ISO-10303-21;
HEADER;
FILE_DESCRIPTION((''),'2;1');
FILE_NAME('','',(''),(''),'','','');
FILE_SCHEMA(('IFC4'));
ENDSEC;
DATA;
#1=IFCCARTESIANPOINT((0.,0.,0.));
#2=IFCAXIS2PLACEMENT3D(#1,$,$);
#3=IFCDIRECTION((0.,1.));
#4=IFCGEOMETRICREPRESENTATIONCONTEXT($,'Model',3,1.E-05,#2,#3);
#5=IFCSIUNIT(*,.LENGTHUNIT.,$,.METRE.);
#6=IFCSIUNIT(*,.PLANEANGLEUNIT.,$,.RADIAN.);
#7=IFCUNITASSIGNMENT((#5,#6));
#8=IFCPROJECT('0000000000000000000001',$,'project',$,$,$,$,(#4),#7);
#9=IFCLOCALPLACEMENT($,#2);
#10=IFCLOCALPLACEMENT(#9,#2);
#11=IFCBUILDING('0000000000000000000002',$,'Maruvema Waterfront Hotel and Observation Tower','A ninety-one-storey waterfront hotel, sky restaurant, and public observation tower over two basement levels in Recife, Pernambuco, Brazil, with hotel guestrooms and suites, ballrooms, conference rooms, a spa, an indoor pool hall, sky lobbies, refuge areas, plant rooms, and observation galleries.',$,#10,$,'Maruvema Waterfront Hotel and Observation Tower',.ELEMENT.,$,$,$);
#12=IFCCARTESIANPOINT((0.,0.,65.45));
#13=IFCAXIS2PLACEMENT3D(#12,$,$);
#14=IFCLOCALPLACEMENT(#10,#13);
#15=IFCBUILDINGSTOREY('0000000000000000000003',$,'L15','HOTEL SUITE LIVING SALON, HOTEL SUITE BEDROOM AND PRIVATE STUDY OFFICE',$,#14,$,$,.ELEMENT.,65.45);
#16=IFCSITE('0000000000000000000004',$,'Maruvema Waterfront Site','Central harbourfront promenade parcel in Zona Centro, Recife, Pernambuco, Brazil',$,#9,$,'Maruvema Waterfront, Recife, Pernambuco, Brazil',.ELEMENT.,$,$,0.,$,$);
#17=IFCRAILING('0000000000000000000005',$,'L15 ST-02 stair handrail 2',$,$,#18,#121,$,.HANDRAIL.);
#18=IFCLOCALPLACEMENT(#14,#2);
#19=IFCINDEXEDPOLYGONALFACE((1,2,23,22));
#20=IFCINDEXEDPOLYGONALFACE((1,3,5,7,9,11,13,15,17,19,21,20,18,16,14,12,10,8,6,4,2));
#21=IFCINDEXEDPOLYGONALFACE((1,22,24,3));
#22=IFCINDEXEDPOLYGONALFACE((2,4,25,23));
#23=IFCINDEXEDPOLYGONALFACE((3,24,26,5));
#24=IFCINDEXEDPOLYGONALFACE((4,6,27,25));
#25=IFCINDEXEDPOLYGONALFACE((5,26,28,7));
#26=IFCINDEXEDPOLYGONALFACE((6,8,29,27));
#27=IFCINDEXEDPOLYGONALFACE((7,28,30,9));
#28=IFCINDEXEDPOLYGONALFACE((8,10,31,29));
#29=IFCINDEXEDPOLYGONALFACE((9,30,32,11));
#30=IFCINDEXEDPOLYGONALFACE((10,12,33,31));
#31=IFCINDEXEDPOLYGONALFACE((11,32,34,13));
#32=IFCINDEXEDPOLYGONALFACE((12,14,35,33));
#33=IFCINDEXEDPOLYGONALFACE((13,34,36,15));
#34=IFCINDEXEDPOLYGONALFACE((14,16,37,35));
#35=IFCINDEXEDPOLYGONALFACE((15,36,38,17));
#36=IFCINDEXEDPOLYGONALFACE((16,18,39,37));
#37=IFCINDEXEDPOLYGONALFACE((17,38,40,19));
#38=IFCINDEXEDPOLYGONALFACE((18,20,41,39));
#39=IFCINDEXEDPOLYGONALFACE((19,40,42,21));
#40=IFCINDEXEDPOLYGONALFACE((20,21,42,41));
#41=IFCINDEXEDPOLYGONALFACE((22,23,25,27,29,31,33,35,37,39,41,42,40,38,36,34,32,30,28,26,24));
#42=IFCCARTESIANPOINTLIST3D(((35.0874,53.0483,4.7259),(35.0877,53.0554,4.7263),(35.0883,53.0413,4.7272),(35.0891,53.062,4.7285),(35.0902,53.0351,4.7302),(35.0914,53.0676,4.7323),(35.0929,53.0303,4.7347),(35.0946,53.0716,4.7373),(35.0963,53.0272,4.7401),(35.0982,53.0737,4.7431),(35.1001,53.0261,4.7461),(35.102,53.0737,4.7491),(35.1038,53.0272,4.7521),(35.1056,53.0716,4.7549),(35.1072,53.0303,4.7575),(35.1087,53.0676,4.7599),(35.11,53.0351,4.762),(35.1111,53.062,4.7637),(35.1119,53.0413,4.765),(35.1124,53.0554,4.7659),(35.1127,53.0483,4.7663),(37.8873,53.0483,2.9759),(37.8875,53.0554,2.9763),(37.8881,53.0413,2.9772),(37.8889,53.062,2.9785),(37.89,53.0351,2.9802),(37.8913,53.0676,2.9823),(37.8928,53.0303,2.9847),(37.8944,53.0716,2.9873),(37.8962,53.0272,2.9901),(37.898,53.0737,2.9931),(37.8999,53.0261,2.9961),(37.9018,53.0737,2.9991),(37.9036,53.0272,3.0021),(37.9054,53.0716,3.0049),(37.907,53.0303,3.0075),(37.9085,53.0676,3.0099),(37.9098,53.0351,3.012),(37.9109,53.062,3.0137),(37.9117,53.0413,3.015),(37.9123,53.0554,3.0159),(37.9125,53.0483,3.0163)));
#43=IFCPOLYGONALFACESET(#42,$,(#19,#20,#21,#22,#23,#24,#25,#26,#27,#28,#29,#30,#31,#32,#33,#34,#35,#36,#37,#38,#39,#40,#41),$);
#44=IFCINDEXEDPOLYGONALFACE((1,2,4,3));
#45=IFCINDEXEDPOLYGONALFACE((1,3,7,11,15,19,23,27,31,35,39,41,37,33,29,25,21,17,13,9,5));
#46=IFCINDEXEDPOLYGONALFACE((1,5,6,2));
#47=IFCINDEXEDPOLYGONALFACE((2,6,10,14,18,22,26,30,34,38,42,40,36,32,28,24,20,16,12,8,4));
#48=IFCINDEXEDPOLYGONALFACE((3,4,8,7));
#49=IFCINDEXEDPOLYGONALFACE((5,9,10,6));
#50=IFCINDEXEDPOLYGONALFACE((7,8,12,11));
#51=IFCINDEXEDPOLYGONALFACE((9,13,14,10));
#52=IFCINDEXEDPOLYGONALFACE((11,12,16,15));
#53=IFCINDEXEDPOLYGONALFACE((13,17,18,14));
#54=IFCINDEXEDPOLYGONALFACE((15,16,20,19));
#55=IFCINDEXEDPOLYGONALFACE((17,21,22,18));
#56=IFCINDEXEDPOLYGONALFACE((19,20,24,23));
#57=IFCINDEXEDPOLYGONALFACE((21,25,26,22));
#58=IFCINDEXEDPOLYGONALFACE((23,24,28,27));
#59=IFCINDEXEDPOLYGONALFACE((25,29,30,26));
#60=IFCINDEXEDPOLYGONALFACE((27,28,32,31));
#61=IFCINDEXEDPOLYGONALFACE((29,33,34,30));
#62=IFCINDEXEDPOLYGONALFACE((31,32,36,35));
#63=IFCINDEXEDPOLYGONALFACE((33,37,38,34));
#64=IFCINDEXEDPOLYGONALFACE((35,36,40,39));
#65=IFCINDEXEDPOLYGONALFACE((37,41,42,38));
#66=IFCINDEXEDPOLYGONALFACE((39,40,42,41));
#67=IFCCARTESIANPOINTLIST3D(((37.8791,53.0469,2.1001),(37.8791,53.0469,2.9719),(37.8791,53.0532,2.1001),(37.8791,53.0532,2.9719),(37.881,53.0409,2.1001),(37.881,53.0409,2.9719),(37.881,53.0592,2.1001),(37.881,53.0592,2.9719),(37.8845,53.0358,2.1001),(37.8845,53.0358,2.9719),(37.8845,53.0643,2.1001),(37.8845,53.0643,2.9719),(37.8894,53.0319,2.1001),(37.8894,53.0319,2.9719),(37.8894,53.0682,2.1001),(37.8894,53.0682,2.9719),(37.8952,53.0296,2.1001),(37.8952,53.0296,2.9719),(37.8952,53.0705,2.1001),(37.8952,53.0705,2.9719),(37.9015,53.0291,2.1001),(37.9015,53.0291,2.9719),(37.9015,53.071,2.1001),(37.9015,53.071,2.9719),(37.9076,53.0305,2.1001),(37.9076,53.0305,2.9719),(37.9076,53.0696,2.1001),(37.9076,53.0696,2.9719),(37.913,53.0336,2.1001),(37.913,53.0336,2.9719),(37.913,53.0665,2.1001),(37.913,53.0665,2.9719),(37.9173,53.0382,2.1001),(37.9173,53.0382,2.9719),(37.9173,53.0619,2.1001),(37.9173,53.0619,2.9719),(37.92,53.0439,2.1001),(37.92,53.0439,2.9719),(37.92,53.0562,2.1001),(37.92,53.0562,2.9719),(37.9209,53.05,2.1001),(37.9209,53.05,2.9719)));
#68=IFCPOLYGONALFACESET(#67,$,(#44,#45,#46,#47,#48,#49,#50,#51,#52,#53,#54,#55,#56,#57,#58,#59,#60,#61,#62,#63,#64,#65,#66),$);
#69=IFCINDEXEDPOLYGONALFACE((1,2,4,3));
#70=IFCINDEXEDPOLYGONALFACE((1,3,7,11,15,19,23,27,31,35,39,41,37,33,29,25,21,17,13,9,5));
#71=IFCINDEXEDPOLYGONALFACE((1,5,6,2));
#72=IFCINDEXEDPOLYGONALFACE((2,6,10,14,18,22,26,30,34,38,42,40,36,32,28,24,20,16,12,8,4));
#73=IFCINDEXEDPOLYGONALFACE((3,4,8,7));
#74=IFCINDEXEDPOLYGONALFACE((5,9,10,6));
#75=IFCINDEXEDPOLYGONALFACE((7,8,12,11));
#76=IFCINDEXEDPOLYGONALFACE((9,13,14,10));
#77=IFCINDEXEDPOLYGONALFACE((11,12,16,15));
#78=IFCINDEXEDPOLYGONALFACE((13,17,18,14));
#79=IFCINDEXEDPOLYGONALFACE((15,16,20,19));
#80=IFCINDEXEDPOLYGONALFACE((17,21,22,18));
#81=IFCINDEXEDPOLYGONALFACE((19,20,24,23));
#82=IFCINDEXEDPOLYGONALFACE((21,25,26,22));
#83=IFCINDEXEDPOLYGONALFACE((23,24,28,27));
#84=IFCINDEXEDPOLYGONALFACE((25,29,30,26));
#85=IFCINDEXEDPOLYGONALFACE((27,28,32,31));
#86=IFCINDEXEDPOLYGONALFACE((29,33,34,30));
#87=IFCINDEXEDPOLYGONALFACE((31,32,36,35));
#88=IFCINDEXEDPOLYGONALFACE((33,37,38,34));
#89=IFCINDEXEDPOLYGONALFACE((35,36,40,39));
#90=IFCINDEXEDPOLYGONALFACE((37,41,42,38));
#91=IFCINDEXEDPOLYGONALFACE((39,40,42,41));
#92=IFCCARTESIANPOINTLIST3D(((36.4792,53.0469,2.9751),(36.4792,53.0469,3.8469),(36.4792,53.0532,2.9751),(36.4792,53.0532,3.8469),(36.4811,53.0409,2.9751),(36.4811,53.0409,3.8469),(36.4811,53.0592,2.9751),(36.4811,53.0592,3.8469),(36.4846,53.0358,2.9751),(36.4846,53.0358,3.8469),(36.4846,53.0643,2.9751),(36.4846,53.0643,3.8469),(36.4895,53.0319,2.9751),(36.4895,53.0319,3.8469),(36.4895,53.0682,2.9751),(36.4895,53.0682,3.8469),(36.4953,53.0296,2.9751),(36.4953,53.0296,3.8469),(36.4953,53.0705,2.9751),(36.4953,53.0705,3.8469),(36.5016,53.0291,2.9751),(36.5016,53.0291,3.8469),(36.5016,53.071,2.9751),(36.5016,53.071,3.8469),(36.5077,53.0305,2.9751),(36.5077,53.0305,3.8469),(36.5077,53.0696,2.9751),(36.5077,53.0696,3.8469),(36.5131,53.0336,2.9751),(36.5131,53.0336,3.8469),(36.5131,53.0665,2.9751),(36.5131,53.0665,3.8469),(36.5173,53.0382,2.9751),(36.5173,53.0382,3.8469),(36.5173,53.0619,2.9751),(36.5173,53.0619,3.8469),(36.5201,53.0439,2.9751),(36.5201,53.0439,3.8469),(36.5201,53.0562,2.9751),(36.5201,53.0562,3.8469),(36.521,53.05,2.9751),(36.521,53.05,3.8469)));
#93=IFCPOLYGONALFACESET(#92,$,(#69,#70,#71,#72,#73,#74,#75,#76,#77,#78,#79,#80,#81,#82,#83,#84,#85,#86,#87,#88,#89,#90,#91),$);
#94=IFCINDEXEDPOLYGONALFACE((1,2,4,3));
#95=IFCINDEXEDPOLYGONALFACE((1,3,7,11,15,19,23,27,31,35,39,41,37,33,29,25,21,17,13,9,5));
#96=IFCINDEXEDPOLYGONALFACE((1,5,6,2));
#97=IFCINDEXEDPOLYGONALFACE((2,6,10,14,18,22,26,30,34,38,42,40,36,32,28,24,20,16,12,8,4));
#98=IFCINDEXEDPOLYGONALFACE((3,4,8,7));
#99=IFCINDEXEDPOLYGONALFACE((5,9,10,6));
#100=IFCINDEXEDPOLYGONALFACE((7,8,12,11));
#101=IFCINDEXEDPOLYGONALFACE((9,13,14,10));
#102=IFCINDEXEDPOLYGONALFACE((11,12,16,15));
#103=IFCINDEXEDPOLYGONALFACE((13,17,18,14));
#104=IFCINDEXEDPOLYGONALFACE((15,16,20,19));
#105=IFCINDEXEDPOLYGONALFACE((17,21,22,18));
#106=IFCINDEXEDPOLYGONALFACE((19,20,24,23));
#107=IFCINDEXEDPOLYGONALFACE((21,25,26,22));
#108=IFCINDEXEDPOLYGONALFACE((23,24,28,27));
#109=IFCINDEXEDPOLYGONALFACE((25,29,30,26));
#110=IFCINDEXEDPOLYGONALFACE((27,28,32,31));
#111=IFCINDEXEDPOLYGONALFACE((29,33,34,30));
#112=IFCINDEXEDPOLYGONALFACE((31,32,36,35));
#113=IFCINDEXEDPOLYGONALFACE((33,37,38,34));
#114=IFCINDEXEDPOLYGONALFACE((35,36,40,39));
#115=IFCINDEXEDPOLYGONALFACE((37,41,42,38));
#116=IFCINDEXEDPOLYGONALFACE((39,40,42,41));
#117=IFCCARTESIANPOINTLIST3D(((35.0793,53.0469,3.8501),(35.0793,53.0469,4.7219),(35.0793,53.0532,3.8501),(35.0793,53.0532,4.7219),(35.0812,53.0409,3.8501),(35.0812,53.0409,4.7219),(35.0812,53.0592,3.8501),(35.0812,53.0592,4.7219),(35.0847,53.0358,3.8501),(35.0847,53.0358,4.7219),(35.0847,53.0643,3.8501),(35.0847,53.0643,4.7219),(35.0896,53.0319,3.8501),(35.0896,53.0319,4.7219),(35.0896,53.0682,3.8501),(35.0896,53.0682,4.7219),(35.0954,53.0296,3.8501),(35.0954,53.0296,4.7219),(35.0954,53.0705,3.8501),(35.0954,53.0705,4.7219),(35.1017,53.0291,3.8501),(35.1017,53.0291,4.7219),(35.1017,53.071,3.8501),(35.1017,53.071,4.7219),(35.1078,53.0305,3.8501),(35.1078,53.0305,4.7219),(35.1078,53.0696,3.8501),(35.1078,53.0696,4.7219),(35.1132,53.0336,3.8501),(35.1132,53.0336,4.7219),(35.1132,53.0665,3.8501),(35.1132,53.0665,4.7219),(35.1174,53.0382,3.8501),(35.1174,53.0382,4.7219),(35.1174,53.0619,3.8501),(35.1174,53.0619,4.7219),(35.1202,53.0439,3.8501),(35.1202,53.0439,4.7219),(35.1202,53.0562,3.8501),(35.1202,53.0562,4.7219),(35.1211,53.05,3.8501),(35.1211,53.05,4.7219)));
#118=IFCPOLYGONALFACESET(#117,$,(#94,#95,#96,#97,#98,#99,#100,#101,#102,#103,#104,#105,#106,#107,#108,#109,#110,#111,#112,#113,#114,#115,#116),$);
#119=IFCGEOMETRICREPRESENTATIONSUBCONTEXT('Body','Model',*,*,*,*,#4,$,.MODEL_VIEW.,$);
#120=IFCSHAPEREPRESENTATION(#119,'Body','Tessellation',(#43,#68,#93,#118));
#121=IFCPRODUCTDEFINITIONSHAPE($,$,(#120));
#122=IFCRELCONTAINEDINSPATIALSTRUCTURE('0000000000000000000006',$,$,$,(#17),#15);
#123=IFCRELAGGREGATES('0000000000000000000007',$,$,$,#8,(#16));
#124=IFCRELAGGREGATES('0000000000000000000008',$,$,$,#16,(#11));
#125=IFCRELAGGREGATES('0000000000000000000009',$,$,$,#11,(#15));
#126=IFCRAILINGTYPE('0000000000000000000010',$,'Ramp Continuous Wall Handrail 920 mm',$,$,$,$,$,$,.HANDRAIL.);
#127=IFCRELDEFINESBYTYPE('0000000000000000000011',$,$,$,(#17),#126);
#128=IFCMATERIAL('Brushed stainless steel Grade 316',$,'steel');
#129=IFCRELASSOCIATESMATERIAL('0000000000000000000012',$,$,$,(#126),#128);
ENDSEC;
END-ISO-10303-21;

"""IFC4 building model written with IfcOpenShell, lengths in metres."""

from ifc_helpers import new_model, si_unit, direction, frame, origin, origin_2d, place, context, subcontext, project, spatial, circle, extrude, material, type_object, element, save


model = new_model("IFC4")

# Units and contexts
model_context = context("Model", 3, precision=1e-05, world=origin(), true_north=direction((0.0, 1.0)))
body_context = subcontext(model_context, "Body", "Model", "MODEL_VIEW")
ifc_project = project(units=[si_unit("LENGTHUNIT", "METRE"), si_unit("PLANEANGLEUNIT", "RADIAN")], contexts=[model_context])

# Site, building, storey
site_placement = place(None, origin())
site = spatial("IfcSite", under=ifc_project, at=site_placement, Name="Maruvema Waterfront Site", Description="Central harbourfront promenade parcel in Zona Centro, Recife, Pernambuco, Brazil", LongName="Maruvema Waterfront, Recife, Pernambuco, Brazil", CompositionType="ELEMENT", RefElevation=0.0)
building_placement = place(site_placement, origin())
building = spatial("IfcBuilding", under=site, at=building_placement, Name="Maruvema Waterfront Hotel and Observation Tower", Description="A ninety-one-storey waterfront hotel, sky restaurant, and public observation tower over two basement levels in Recife, Pernambuco, Brazil, with hotel guestrooms and suites, ballrooms, conference rooms, a spa, an indoor pool hall, sky lobbies, refuge areas, plant rooms, and observation galleries.", LongName="Maruvema Waterfront Hotel and Observation Tower", CompositionType="ELEMENT")
storey_placement = place(building_placement, frame((0.0, 0.0, 65.45)))
storey = spatial("IfcBuildingStorey", under=building, at=storey_placement, Name="L15", Description="HOTEL SUITE LIVING SALON, HOTEL SUITE BEDROOM AND PRIVATE STUDY OFFICE", CompositionType="ELEMENT", Elevation=65.45)

# Railing
ifc_material_1 = material(Name="Brushed stainless steel Grade 316", Category="steel")
railing_type_1 = type_object("IfcRailingType", Name="Ramp Continuous Wall Handrail 920 mm", PredefinedType="HANDRAIL", material=ifc_material_1)
railing_1_placement = place(storey_placement, frame((37.8999, 53.05, 2.1001)))
element("IfcRailing", 1, at=railing_1_placement, inside=storey, type_object=railing_type_1, Name="L15 ST-02 stair handrail 2", PredefinedType="HANDRAIL", context=body_context, shape_type="SweptSolid", body=[
    extrude(circle(Radius=0.0239, at=origin_2d()), frame((0.0, 0.0, 0.896), z_axis=(-0.847982, 0.0, 0.530026), x_axis=(0.0, -1.0, 0.0)), (0.0, 0.0, 1.0), 3.3018),
    extrude(circle(Radius=0.021, at=origin_2d()), origin(), (0.0, 0.0, 1.0), 0.8718),
    extrude(circle(Radius=0.021, at=origin_2d()), frame((-1.3999, 0.0, 0.875)), (0.0, 0.0, 1.0), 0.8718),
    extrude(circle(Radius=0.021, at=origin_2d()), frame((-2.7998, 0.0, 1.75)), (0.0, 0.0, 1.0), 0.8718),
])

save(model, "model.ifc")
